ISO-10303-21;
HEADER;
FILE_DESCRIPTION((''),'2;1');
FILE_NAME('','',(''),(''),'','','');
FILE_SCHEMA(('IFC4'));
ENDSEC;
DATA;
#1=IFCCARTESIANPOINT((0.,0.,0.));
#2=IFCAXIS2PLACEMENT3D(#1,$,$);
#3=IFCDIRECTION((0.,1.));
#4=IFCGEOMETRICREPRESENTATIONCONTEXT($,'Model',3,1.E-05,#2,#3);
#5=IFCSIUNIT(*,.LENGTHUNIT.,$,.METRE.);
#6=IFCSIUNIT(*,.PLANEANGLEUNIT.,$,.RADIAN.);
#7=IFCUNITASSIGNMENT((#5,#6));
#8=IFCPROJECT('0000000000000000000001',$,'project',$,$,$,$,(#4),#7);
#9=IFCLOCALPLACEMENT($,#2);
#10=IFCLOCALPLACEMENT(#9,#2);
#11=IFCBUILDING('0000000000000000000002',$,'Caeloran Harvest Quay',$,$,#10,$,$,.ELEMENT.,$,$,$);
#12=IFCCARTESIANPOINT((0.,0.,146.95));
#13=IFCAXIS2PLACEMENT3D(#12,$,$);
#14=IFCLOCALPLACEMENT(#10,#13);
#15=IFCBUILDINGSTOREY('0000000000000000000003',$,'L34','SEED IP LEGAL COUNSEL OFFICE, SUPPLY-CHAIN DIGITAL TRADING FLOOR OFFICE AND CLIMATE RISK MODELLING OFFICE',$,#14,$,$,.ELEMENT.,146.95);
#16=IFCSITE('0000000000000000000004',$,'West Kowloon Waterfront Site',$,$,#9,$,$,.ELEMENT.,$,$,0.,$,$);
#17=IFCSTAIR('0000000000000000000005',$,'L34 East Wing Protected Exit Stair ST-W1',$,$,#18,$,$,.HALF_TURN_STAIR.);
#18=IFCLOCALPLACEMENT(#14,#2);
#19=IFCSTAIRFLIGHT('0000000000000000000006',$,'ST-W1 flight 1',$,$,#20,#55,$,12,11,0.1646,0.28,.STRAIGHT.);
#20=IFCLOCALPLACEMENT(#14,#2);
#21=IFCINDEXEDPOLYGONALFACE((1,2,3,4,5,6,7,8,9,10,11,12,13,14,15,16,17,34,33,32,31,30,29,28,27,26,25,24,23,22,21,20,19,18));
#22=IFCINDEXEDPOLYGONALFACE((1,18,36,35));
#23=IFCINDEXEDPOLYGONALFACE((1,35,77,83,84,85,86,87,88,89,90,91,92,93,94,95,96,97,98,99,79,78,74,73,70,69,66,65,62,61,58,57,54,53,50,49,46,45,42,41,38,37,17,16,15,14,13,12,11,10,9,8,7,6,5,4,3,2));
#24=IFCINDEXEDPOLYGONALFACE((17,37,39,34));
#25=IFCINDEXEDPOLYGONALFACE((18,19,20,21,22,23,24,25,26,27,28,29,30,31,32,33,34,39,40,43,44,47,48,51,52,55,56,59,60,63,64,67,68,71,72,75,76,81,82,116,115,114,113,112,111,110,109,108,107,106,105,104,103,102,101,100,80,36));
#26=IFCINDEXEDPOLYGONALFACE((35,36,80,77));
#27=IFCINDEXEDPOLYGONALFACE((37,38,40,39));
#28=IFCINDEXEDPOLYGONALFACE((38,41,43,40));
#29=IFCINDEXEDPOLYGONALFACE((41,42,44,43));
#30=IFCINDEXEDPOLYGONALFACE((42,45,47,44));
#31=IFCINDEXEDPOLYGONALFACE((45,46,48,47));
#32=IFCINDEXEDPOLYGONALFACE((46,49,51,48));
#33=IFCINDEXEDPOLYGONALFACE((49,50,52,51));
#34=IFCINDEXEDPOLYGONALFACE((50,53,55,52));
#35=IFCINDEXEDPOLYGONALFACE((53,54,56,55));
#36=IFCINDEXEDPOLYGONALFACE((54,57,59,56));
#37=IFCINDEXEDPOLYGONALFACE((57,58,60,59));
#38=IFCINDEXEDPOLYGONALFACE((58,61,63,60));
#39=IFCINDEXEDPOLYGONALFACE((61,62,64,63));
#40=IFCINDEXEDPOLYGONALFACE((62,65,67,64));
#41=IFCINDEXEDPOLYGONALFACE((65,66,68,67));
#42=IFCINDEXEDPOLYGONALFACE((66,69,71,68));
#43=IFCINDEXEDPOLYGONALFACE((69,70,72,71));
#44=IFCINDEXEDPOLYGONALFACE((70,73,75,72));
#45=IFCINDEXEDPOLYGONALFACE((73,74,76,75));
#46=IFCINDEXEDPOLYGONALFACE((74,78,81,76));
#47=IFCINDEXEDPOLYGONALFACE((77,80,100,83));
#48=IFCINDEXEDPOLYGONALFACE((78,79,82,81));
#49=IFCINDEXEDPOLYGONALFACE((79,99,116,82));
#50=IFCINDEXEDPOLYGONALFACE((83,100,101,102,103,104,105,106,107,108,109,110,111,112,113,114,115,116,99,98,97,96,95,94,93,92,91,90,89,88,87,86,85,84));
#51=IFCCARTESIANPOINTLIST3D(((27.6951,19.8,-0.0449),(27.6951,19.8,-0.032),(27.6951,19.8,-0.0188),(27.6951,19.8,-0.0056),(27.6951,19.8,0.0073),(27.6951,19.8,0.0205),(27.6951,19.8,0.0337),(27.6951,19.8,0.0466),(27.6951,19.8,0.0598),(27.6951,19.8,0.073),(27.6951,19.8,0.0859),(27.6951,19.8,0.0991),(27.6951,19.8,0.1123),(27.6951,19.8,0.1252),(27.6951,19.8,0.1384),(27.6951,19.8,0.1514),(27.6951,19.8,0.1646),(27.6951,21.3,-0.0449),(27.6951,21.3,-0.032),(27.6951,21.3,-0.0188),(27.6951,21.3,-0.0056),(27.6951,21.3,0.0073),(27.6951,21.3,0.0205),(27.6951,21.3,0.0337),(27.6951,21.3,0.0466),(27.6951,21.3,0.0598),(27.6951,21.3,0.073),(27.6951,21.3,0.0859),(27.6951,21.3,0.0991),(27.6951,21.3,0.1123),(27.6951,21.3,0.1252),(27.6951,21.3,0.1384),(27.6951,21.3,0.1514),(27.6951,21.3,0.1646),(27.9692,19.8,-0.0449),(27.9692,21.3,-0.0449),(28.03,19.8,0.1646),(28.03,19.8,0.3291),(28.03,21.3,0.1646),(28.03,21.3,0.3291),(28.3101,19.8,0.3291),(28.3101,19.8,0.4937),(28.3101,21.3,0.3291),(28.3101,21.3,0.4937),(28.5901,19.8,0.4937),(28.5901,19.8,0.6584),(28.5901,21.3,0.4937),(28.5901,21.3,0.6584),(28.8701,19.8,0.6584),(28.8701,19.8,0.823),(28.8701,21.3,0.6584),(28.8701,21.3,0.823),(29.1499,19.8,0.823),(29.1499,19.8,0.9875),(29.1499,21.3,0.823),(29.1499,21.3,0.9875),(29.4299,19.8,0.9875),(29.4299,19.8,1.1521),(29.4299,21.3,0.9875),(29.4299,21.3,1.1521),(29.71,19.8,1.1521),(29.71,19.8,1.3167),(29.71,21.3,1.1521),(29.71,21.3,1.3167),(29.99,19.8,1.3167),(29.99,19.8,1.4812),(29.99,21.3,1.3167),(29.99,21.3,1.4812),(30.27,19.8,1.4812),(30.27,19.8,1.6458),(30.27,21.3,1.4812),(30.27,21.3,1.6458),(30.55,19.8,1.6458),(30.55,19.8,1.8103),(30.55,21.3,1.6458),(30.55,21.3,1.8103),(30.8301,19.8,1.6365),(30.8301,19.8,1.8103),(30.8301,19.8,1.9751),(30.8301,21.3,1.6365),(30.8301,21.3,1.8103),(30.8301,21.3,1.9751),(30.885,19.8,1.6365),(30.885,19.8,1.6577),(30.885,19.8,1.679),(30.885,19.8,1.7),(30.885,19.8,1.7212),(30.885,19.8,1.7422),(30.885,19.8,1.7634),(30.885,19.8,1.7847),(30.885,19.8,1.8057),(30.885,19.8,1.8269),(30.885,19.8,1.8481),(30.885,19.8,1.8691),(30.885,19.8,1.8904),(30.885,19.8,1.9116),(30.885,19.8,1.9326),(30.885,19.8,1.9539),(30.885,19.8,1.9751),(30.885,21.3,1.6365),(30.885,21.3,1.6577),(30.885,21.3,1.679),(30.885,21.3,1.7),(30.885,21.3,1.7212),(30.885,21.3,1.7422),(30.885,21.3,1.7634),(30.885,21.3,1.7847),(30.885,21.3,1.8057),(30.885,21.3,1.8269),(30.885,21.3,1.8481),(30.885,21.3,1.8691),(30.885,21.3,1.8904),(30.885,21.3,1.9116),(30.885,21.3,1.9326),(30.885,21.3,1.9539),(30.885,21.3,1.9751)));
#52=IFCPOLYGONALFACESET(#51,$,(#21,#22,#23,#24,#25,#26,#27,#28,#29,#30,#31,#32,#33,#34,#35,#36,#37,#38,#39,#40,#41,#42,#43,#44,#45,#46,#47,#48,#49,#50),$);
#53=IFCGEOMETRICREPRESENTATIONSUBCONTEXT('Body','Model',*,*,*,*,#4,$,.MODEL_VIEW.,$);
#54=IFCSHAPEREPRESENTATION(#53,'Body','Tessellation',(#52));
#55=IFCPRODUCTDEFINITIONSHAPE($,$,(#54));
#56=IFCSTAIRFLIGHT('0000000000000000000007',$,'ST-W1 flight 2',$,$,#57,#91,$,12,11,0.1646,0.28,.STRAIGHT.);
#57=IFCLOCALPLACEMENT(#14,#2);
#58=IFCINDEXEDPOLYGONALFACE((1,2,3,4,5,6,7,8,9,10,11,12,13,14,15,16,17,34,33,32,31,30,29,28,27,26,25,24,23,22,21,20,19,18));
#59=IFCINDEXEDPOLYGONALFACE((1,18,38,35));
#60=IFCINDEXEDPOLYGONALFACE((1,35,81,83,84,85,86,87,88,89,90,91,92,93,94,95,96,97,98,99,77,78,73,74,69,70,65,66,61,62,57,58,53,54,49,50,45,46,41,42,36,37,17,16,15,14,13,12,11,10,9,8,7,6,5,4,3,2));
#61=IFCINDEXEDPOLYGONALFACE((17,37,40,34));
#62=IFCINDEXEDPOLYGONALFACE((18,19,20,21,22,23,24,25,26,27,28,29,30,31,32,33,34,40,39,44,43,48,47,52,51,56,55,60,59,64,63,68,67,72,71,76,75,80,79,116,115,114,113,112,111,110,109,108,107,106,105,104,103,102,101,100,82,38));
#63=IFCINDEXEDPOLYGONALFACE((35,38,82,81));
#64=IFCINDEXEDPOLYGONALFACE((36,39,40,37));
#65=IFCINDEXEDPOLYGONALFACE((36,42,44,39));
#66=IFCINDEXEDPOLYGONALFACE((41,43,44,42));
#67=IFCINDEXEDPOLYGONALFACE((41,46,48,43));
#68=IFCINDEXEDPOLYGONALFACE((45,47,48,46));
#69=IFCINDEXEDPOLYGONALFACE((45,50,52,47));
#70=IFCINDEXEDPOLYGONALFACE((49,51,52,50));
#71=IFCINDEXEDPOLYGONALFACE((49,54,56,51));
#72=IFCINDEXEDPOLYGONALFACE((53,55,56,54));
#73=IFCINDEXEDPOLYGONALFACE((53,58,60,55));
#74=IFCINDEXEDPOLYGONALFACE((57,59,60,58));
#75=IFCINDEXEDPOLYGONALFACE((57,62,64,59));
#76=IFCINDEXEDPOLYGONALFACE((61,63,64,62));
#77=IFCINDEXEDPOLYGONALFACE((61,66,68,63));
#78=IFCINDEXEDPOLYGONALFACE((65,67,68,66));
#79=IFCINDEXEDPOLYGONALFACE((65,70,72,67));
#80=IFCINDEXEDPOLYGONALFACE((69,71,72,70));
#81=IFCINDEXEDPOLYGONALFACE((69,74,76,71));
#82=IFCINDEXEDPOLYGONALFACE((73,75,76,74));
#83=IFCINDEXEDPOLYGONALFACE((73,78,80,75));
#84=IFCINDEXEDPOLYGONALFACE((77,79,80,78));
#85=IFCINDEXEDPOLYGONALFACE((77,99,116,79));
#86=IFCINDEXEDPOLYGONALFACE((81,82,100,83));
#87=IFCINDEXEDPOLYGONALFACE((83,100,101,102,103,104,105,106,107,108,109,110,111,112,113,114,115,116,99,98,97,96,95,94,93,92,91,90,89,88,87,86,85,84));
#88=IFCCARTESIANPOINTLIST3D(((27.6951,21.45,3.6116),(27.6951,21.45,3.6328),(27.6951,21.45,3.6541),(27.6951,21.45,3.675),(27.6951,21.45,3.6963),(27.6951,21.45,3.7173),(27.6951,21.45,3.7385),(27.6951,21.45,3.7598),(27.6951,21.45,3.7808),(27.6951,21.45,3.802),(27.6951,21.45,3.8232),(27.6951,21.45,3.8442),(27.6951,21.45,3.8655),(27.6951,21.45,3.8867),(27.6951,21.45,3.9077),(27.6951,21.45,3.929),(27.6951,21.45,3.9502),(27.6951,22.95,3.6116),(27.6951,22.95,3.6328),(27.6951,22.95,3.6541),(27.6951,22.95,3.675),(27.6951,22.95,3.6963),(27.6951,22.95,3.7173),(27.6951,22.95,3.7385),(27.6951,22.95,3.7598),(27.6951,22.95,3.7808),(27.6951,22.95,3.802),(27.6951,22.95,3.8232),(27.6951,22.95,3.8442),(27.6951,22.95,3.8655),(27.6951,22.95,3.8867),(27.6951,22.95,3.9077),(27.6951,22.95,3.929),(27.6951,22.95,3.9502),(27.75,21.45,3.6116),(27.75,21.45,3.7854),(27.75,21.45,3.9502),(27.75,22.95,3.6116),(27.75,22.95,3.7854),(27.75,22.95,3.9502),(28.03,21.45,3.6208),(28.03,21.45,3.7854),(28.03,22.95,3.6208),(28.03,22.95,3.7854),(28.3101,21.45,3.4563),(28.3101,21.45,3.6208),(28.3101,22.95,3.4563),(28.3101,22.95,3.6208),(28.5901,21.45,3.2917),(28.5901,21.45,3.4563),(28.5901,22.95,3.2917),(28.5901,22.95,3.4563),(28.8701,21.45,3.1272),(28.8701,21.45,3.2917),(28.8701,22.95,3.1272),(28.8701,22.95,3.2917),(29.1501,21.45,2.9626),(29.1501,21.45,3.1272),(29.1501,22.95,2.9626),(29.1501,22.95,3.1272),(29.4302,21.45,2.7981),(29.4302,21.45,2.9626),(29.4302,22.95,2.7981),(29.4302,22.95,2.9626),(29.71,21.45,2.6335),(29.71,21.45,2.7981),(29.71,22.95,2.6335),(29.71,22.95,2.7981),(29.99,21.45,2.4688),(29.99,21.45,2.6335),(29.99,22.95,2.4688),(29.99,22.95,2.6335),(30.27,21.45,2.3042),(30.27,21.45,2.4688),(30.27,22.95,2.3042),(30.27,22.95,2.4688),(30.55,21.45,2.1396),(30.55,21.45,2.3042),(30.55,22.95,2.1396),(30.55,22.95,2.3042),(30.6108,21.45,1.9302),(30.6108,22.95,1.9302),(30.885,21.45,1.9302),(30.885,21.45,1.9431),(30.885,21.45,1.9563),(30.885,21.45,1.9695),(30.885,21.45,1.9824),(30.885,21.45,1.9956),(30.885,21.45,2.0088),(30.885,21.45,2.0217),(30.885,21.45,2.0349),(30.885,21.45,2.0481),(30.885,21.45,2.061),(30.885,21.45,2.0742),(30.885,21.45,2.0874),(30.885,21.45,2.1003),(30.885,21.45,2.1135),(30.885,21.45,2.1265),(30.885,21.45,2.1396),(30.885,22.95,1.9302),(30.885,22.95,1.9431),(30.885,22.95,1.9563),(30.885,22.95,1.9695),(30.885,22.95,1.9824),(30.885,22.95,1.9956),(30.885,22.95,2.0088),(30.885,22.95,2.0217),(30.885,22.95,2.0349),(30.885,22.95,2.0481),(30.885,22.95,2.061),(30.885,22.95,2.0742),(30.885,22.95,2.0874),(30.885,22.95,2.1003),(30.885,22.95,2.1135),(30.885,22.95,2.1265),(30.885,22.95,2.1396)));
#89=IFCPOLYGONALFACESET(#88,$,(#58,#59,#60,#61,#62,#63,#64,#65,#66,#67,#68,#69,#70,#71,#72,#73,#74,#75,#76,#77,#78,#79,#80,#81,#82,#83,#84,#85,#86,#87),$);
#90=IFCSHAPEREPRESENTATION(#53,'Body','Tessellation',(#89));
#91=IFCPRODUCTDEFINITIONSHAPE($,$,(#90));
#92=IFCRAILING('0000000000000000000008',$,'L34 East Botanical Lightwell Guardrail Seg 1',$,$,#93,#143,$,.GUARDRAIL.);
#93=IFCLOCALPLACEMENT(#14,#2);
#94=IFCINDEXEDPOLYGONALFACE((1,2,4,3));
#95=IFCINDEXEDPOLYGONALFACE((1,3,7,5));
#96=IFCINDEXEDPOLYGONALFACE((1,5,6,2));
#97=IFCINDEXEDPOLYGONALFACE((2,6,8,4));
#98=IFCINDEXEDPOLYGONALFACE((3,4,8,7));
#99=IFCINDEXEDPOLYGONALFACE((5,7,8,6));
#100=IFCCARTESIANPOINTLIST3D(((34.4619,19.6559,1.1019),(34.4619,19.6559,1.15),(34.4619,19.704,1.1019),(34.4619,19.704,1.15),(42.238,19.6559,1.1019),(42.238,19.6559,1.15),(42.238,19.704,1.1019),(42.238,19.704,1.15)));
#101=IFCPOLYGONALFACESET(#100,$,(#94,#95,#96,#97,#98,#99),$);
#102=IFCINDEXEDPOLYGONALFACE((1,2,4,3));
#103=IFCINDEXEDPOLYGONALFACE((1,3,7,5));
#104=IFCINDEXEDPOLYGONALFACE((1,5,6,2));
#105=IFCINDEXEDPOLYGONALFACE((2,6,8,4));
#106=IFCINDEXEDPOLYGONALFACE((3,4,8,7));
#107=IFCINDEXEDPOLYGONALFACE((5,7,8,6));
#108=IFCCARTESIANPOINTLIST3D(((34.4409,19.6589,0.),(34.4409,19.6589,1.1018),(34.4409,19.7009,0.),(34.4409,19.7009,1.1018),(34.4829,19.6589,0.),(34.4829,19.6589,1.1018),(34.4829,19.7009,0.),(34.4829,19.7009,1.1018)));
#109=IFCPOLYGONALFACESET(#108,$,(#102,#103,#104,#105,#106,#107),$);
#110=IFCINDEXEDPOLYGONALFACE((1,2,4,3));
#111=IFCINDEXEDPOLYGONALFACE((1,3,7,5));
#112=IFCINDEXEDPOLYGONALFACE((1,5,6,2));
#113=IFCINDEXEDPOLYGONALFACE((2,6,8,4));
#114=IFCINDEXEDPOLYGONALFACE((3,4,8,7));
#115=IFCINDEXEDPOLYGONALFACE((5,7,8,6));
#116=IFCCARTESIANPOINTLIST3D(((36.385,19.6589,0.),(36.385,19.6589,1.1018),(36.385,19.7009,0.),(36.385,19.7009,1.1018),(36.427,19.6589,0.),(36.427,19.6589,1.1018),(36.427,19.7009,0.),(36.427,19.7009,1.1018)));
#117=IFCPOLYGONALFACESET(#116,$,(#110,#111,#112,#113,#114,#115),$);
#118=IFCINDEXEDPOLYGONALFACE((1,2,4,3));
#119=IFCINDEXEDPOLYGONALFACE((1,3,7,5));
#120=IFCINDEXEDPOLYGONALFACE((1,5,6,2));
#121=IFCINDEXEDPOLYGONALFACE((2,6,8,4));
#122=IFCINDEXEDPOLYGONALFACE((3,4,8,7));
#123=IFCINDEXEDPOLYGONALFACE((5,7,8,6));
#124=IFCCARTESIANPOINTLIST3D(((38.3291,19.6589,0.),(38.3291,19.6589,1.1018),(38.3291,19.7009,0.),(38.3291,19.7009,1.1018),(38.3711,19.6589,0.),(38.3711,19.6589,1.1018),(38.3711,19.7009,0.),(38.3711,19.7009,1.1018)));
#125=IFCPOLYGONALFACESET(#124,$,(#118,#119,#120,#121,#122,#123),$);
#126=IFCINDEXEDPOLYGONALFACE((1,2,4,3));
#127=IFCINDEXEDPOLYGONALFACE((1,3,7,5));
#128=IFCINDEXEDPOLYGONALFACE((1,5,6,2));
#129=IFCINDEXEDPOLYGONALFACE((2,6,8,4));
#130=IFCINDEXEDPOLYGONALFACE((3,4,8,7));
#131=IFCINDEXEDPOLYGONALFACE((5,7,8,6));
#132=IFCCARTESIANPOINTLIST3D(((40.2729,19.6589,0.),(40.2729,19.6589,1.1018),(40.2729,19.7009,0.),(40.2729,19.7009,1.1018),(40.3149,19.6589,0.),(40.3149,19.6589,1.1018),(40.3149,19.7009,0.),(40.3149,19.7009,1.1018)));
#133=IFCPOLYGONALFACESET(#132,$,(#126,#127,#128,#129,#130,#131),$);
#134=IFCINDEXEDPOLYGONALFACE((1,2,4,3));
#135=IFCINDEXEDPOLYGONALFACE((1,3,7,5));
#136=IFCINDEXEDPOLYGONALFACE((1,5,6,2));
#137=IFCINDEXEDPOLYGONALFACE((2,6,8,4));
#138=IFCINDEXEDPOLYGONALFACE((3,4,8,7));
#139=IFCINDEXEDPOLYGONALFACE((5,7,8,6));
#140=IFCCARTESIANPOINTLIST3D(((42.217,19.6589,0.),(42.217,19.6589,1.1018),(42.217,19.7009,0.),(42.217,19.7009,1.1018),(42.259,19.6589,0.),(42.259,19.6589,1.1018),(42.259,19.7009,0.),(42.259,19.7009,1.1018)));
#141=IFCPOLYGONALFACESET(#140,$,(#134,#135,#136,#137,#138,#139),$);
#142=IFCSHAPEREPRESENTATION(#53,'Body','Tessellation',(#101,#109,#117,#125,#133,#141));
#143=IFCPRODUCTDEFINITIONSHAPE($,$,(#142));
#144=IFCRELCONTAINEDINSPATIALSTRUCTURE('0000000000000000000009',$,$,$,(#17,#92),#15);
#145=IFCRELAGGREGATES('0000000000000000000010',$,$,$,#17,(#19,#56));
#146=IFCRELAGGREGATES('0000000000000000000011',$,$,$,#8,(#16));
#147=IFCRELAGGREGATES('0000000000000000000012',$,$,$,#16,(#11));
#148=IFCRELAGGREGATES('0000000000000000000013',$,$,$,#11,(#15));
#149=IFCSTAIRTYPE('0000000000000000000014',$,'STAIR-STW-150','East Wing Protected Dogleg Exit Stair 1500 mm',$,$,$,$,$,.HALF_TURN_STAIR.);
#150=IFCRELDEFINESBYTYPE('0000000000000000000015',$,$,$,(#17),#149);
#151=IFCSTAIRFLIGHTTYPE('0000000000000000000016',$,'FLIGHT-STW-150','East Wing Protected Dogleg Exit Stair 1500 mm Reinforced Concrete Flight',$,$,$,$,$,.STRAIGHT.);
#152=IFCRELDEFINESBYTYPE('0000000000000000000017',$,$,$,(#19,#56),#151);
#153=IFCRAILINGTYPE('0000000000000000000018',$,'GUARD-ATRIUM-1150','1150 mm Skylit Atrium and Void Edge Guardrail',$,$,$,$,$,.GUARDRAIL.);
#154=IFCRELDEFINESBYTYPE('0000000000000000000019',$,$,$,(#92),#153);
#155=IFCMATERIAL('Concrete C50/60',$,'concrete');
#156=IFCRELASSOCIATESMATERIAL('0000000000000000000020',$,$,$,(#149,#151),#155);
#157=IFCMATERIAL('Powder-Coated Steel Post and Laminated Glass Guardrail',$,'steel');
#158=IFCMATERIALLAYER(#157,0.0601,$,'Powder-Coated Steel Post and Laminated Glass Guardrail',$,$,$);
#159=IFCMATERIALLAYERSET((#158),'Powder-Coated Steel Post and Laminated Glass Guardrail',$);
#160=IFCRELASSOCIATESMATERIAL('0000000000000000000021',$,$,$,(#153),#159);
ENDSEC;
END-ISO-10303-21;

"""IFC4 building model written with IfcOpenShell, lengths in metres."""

from ifc_helpers import new_model, si_unit, direction, frame, origin, origin_2d, place, context, subcontext, project, spatial, polyline, rectangle, outline, extrude, material, layer, layer_set, type_object, element, aggregate, save


model = new_model("IFC4")

# Units and contexts
model_context = context("Model", 3, precision=1e-05, world=origin(), true_north=direction((0.0, 1.0)))
body_context = subcontext(model_context, "Body", "Model", "MODEL_VIEW")
ifc_project = project(units=[si_unit("LENGTHUNIT", "METRE"), si_unit("PLANEANGLEUNIT", "RADIAN")], contexts=[model_context])

# Site, building, storey
site_placement = place(None, origin())
site = spatial("IfcSite", under=ifc_project, at=site_placement, Name="West Kowloon Waterfront Site", CompositionType="ELEMENT", RefElevation=0.0)
building_placement = place(site_placement, origin())
building = spatial("IfcBuilding", under=site, at=building_placement, Name="Caeloran Harvest Quay", CompositionType="ELEMENT")
storey_placement = place(building_placement, frame((0.0, 0.0, 146.95)))
storey = spatial("IfcBuildingStorey", under=building, at=storey_placement, Name="L34", Description="SEED IP LEGAL COUNSEL OFFICE, SUPPLY-CHAIN DIGITAL TRADING FLOOR OFFICE AND CLIMATE RISK MODELLING OFFICE", CompositionType="ELEMENT", Elevation=146.95)

# Stair, stair flights
ifc_material_1 = material(Name="Concrete C50/60", Category="concrete")
stair_type = type_object("IfcStairType", Name="STAIR-STW-150", Description="East Wing Protected Dogleg Exit Stair 1500 mm", PredefinedType="HALF_TURN_STAIR", material=ifc_material_1)
stair_placement = place(storey_placement, origin())
stair = element("IfcStair", 1, at=stair_placement, inside=storey, type_object=stair_type, Name="L34 East Wing Protected Exit Stair ST-W1", PredefinedType="HALF_TURN_STAIR")
stair_flight_type = type_object("IfcStairFlightType", Name="FLIGHT-STW-150", Description="East Wing Protected Dogleg Exit Stair 1500 mm Reinforced Concrete Flight", PredefinedType="STRAIGHT", material=ifc_material_1)
stair_flight_1_placement = place(storey_placement, frame((27.75, 20.55, 0.0), z_axis=(0.0, 0.0, 1.0), x_axis=(1.0, 0.0, 0.0)))
stair_flight_1 = element("IfcStairFlight", 2, at=stair_flight_1_placement, type_object=stair_flight_type, Name="ST-W1 flight 1", NumberOfRisers=12, NumberOfTreads=11, PredefinedType="STRAIGHT", RiserHeight=0.1646, TreadLength=0.28, context=body_context, shape_type="SweptSolid", body=[
    extrude(outline(polyline([(-0.0549, -0.0449), (-0.0549, -0.032), (-0.0549, -0.0188), (-0.0549, -0.0056), (-0.0549, 0.0073), (-0.0549, 0.0205), (-0.0549, 0.0337), (-0.0549, 0.0466), (-0.0549, 0.0598), (-0.0549, 0.073), (-0.0549, 0.0859), (-0.0549, 0.0991), (-0.0549, 0.1123), (-0.0549, 0.1252), (-0.0549, 0.1384), (-0.0549, 0.1514), (-0.0549, 0.1646), (0.28, 0.1646), (0.28, 0.3291), (0.5601, 0.3291), (0.5601, 0.4937), (0.8401, 0.4937), (0.8401, 0.6584), (1.1201, 0.6584), (1.1201, 0.823), (1.3999, 0.823), (1.3999, 0.9875), (1.6799, 0.9875), (1.6799, 1.1521), (1.96, 1.1521), (1.96, 1.3167), (2.24, 1.3167), (2.24, 1.4812), (2.52, 1.4812), (2.52, 1.6458), (2.8, 1.6458), (2.8, 1.8103), (3.0801, 1.8103), (3.0801, 1.9751), (3.135, 1.9751), (3.135, 1.9539), (3.135, 1.9326), (3.135, 1.9116), (3.135, 1.8904), (3.135, 1.8691), (3.135, 1.8481), (3.135, 1.8269), (3.135, 1.8057), (3.135, 1.7847), (3.135, 1.7634), (3.135, 1.7422), (3.135, 1.7212), (3.135, 1.7), (3.135, 1.679), (3.135, 1.6577), (3.135, 1.6365), (3.0801, 1.6365), (0.2192, -0.0449), (-0.0549, -0.0449)])), frame((0.0, 0.75, 0.0), z_axis=(0.0, -1.0, 0.0), x_axis=(1.0, 0.0, 0.0)), (0.0, 0.0, 1.0), 1.5),
])
stair_flight_2_placement = place(storey_placement, frame((30.8301, 22.2, 1.9751), z_axis=(0.0, 0.0, 1.0), x_axis=(-1.0, 0.0, 0.0)))
stair_flight_2 = element("IfcStairFlight", 3, at=stair_flight_2_placement, type_object=stair_flight_type, Name="ST-W1 flight 2", NumberOfRisers=12, NumberOfTreads=11, PredefinedType="STRAIGHT", RiserHeight=0.1646, TreadLength=0.28, context=body_context, shape_type="SweptSolid", body=[
    extrude(outline(polyline([(-0.0549, -0.0449), (-0.0549, -0.032), (-0.0549, -0.0188), (-0.0549, -0.0056), (-0.0549, 0.0073), (-0.0549, 0.0205), (-0.0549, 0.0337), (-0.0549, 0.0466), (-0.0549, 0.0598), (-0.0549, 0.073), (-0.0549, 0.0859), (-0.0549, 0.0991), (-0.0549, 0.1123), (-0.0549, 0.1252), (-0.0549, 0.1384), (-0.0549, 0.1514), (-0.0549, 0.1646), (0.28, 0.1646), (0.28, 0.3291), (0.5601, 0.3291), (0.5601, 0.4937), (0.8401, 0.4937), (0.8401, 0.6584), (1.1201, 0.6584), (1.1201, 0.823), (1.3999, 0.823), (1.3999, 0.9875), (1.6799, 0.9875), (1.6799, 1.1521), (1.96, 1.1521), (1.96, 1.3167), (2.24, 1.3167), (2.24, 1.4812), (2.52, 1.4812), (2.52, 1.6458), (2.8, 1.6458), (2.8, 1.8103), (3.0801, 1.8103), (3.0801, 1.9751), (3.135, 1.9751), (3.135, 1.9539), (3.135, 1.9326), (3.135, 1.9116), (3.135, 1.8904), (3.135, 1.8691), (3.135, 1.8481), (3.135, 1.8269), (3.135, 1.8057), (3.135, 1.7847), (3.135, 1.7634), (3.135, 1.7422), (3.135, 1.7212), (3.135, 1.7), (3.135, 1.679), (3.135, 1.6577), (3.135, 1.6365), (3.0801, 1.6365), (0.2192, -0.0449), (-0.0549, -0.0449)])), frame((0.0, 0.75, 0.0), z_axis=(0.0, -1.0, 0.0), x_axis=(1.0, 0.0, 0.0)), (0.0, 0.0, 1.0), 1.5),
])
aggregate(stair, [stair_flight_1, stair_flight_2])

# Railing
ifc_material_2 = material(Name="Powder-Coated Steel Post and Laminated Glass Guardrail", Category="steel")
ifc_layer_1 = layer(ifc_material_2, 0.0601, Name="Powder-Coated Steel Post and Laminated Glass Guardrail")
ifc_layer_set_1 = layer_set([ifc_layer_1], Name="Powder-Coated Steel Post and Laminated Glass Guardrail")
railing_type_1 = type_object("IfcRailingType", Name="GUARD-ATRIUM-1150", Description="1150 mm Skylit Atrium and Void Edge Guardrail", PredefinedType="GUARDRAIL", material=ifc_layer_set_1)
railing_1_placement = place(storey_placement, frame((34.4619, 19.6799, 0.0)))
element("IfcRailing", 4, at=railing_1_placement, inside=storey, type_object=railing_type_1, Name="L34 East Botanical Lightwell Guardrail Seg 1", PredefinedType="GUARDRAIL", context=body_context, shape_type="SweptSolid", body=[
    extrude(rectangle(XDim=0.0481, YDim=0.0481, at=origin_2d()), frame((0.0, 0.0, 1.126), z_axis=(1.0, 0.0, 0.0), x_axis=(0.0, 1.0, 0.0)), (0.0, 0.0, 1.0), 7.7761),
    extrude(rectangle(XDim=0.042, YDim=0.042, at=origin_2d()), origin(), (0.0, 0.0, 1.0), 1.1018),
    extrude(rectangle(XDim=0.042, YDim=0.042, at=origin_2d()), frame((1.9441, 0.0, 0.0)), (0.0, 0.0, 1.0), 1.1018),
    extrude(rectangle(XDim=0.042, YDim=0.042, at=origin_2d()), frame((3.8882, 0.0, 0.0)), (0.0, 0.0, 1.0), 1.1018),
    extrude(rectangle(XDim=0.042, YDim=0.042, at=origin_2d()), frame((5.832, 0.0, 0.0)), (0.0, 0.0, 1.0), 1.1018),
    extrude(rectangle(XDim=0.042, YDim=0.042, at=origin_2d()), frame((7.7761, 0.0, 0.0)), (0.0, 0.0, 1.0), 1.1018),
])

save(model, "model.ifc")
